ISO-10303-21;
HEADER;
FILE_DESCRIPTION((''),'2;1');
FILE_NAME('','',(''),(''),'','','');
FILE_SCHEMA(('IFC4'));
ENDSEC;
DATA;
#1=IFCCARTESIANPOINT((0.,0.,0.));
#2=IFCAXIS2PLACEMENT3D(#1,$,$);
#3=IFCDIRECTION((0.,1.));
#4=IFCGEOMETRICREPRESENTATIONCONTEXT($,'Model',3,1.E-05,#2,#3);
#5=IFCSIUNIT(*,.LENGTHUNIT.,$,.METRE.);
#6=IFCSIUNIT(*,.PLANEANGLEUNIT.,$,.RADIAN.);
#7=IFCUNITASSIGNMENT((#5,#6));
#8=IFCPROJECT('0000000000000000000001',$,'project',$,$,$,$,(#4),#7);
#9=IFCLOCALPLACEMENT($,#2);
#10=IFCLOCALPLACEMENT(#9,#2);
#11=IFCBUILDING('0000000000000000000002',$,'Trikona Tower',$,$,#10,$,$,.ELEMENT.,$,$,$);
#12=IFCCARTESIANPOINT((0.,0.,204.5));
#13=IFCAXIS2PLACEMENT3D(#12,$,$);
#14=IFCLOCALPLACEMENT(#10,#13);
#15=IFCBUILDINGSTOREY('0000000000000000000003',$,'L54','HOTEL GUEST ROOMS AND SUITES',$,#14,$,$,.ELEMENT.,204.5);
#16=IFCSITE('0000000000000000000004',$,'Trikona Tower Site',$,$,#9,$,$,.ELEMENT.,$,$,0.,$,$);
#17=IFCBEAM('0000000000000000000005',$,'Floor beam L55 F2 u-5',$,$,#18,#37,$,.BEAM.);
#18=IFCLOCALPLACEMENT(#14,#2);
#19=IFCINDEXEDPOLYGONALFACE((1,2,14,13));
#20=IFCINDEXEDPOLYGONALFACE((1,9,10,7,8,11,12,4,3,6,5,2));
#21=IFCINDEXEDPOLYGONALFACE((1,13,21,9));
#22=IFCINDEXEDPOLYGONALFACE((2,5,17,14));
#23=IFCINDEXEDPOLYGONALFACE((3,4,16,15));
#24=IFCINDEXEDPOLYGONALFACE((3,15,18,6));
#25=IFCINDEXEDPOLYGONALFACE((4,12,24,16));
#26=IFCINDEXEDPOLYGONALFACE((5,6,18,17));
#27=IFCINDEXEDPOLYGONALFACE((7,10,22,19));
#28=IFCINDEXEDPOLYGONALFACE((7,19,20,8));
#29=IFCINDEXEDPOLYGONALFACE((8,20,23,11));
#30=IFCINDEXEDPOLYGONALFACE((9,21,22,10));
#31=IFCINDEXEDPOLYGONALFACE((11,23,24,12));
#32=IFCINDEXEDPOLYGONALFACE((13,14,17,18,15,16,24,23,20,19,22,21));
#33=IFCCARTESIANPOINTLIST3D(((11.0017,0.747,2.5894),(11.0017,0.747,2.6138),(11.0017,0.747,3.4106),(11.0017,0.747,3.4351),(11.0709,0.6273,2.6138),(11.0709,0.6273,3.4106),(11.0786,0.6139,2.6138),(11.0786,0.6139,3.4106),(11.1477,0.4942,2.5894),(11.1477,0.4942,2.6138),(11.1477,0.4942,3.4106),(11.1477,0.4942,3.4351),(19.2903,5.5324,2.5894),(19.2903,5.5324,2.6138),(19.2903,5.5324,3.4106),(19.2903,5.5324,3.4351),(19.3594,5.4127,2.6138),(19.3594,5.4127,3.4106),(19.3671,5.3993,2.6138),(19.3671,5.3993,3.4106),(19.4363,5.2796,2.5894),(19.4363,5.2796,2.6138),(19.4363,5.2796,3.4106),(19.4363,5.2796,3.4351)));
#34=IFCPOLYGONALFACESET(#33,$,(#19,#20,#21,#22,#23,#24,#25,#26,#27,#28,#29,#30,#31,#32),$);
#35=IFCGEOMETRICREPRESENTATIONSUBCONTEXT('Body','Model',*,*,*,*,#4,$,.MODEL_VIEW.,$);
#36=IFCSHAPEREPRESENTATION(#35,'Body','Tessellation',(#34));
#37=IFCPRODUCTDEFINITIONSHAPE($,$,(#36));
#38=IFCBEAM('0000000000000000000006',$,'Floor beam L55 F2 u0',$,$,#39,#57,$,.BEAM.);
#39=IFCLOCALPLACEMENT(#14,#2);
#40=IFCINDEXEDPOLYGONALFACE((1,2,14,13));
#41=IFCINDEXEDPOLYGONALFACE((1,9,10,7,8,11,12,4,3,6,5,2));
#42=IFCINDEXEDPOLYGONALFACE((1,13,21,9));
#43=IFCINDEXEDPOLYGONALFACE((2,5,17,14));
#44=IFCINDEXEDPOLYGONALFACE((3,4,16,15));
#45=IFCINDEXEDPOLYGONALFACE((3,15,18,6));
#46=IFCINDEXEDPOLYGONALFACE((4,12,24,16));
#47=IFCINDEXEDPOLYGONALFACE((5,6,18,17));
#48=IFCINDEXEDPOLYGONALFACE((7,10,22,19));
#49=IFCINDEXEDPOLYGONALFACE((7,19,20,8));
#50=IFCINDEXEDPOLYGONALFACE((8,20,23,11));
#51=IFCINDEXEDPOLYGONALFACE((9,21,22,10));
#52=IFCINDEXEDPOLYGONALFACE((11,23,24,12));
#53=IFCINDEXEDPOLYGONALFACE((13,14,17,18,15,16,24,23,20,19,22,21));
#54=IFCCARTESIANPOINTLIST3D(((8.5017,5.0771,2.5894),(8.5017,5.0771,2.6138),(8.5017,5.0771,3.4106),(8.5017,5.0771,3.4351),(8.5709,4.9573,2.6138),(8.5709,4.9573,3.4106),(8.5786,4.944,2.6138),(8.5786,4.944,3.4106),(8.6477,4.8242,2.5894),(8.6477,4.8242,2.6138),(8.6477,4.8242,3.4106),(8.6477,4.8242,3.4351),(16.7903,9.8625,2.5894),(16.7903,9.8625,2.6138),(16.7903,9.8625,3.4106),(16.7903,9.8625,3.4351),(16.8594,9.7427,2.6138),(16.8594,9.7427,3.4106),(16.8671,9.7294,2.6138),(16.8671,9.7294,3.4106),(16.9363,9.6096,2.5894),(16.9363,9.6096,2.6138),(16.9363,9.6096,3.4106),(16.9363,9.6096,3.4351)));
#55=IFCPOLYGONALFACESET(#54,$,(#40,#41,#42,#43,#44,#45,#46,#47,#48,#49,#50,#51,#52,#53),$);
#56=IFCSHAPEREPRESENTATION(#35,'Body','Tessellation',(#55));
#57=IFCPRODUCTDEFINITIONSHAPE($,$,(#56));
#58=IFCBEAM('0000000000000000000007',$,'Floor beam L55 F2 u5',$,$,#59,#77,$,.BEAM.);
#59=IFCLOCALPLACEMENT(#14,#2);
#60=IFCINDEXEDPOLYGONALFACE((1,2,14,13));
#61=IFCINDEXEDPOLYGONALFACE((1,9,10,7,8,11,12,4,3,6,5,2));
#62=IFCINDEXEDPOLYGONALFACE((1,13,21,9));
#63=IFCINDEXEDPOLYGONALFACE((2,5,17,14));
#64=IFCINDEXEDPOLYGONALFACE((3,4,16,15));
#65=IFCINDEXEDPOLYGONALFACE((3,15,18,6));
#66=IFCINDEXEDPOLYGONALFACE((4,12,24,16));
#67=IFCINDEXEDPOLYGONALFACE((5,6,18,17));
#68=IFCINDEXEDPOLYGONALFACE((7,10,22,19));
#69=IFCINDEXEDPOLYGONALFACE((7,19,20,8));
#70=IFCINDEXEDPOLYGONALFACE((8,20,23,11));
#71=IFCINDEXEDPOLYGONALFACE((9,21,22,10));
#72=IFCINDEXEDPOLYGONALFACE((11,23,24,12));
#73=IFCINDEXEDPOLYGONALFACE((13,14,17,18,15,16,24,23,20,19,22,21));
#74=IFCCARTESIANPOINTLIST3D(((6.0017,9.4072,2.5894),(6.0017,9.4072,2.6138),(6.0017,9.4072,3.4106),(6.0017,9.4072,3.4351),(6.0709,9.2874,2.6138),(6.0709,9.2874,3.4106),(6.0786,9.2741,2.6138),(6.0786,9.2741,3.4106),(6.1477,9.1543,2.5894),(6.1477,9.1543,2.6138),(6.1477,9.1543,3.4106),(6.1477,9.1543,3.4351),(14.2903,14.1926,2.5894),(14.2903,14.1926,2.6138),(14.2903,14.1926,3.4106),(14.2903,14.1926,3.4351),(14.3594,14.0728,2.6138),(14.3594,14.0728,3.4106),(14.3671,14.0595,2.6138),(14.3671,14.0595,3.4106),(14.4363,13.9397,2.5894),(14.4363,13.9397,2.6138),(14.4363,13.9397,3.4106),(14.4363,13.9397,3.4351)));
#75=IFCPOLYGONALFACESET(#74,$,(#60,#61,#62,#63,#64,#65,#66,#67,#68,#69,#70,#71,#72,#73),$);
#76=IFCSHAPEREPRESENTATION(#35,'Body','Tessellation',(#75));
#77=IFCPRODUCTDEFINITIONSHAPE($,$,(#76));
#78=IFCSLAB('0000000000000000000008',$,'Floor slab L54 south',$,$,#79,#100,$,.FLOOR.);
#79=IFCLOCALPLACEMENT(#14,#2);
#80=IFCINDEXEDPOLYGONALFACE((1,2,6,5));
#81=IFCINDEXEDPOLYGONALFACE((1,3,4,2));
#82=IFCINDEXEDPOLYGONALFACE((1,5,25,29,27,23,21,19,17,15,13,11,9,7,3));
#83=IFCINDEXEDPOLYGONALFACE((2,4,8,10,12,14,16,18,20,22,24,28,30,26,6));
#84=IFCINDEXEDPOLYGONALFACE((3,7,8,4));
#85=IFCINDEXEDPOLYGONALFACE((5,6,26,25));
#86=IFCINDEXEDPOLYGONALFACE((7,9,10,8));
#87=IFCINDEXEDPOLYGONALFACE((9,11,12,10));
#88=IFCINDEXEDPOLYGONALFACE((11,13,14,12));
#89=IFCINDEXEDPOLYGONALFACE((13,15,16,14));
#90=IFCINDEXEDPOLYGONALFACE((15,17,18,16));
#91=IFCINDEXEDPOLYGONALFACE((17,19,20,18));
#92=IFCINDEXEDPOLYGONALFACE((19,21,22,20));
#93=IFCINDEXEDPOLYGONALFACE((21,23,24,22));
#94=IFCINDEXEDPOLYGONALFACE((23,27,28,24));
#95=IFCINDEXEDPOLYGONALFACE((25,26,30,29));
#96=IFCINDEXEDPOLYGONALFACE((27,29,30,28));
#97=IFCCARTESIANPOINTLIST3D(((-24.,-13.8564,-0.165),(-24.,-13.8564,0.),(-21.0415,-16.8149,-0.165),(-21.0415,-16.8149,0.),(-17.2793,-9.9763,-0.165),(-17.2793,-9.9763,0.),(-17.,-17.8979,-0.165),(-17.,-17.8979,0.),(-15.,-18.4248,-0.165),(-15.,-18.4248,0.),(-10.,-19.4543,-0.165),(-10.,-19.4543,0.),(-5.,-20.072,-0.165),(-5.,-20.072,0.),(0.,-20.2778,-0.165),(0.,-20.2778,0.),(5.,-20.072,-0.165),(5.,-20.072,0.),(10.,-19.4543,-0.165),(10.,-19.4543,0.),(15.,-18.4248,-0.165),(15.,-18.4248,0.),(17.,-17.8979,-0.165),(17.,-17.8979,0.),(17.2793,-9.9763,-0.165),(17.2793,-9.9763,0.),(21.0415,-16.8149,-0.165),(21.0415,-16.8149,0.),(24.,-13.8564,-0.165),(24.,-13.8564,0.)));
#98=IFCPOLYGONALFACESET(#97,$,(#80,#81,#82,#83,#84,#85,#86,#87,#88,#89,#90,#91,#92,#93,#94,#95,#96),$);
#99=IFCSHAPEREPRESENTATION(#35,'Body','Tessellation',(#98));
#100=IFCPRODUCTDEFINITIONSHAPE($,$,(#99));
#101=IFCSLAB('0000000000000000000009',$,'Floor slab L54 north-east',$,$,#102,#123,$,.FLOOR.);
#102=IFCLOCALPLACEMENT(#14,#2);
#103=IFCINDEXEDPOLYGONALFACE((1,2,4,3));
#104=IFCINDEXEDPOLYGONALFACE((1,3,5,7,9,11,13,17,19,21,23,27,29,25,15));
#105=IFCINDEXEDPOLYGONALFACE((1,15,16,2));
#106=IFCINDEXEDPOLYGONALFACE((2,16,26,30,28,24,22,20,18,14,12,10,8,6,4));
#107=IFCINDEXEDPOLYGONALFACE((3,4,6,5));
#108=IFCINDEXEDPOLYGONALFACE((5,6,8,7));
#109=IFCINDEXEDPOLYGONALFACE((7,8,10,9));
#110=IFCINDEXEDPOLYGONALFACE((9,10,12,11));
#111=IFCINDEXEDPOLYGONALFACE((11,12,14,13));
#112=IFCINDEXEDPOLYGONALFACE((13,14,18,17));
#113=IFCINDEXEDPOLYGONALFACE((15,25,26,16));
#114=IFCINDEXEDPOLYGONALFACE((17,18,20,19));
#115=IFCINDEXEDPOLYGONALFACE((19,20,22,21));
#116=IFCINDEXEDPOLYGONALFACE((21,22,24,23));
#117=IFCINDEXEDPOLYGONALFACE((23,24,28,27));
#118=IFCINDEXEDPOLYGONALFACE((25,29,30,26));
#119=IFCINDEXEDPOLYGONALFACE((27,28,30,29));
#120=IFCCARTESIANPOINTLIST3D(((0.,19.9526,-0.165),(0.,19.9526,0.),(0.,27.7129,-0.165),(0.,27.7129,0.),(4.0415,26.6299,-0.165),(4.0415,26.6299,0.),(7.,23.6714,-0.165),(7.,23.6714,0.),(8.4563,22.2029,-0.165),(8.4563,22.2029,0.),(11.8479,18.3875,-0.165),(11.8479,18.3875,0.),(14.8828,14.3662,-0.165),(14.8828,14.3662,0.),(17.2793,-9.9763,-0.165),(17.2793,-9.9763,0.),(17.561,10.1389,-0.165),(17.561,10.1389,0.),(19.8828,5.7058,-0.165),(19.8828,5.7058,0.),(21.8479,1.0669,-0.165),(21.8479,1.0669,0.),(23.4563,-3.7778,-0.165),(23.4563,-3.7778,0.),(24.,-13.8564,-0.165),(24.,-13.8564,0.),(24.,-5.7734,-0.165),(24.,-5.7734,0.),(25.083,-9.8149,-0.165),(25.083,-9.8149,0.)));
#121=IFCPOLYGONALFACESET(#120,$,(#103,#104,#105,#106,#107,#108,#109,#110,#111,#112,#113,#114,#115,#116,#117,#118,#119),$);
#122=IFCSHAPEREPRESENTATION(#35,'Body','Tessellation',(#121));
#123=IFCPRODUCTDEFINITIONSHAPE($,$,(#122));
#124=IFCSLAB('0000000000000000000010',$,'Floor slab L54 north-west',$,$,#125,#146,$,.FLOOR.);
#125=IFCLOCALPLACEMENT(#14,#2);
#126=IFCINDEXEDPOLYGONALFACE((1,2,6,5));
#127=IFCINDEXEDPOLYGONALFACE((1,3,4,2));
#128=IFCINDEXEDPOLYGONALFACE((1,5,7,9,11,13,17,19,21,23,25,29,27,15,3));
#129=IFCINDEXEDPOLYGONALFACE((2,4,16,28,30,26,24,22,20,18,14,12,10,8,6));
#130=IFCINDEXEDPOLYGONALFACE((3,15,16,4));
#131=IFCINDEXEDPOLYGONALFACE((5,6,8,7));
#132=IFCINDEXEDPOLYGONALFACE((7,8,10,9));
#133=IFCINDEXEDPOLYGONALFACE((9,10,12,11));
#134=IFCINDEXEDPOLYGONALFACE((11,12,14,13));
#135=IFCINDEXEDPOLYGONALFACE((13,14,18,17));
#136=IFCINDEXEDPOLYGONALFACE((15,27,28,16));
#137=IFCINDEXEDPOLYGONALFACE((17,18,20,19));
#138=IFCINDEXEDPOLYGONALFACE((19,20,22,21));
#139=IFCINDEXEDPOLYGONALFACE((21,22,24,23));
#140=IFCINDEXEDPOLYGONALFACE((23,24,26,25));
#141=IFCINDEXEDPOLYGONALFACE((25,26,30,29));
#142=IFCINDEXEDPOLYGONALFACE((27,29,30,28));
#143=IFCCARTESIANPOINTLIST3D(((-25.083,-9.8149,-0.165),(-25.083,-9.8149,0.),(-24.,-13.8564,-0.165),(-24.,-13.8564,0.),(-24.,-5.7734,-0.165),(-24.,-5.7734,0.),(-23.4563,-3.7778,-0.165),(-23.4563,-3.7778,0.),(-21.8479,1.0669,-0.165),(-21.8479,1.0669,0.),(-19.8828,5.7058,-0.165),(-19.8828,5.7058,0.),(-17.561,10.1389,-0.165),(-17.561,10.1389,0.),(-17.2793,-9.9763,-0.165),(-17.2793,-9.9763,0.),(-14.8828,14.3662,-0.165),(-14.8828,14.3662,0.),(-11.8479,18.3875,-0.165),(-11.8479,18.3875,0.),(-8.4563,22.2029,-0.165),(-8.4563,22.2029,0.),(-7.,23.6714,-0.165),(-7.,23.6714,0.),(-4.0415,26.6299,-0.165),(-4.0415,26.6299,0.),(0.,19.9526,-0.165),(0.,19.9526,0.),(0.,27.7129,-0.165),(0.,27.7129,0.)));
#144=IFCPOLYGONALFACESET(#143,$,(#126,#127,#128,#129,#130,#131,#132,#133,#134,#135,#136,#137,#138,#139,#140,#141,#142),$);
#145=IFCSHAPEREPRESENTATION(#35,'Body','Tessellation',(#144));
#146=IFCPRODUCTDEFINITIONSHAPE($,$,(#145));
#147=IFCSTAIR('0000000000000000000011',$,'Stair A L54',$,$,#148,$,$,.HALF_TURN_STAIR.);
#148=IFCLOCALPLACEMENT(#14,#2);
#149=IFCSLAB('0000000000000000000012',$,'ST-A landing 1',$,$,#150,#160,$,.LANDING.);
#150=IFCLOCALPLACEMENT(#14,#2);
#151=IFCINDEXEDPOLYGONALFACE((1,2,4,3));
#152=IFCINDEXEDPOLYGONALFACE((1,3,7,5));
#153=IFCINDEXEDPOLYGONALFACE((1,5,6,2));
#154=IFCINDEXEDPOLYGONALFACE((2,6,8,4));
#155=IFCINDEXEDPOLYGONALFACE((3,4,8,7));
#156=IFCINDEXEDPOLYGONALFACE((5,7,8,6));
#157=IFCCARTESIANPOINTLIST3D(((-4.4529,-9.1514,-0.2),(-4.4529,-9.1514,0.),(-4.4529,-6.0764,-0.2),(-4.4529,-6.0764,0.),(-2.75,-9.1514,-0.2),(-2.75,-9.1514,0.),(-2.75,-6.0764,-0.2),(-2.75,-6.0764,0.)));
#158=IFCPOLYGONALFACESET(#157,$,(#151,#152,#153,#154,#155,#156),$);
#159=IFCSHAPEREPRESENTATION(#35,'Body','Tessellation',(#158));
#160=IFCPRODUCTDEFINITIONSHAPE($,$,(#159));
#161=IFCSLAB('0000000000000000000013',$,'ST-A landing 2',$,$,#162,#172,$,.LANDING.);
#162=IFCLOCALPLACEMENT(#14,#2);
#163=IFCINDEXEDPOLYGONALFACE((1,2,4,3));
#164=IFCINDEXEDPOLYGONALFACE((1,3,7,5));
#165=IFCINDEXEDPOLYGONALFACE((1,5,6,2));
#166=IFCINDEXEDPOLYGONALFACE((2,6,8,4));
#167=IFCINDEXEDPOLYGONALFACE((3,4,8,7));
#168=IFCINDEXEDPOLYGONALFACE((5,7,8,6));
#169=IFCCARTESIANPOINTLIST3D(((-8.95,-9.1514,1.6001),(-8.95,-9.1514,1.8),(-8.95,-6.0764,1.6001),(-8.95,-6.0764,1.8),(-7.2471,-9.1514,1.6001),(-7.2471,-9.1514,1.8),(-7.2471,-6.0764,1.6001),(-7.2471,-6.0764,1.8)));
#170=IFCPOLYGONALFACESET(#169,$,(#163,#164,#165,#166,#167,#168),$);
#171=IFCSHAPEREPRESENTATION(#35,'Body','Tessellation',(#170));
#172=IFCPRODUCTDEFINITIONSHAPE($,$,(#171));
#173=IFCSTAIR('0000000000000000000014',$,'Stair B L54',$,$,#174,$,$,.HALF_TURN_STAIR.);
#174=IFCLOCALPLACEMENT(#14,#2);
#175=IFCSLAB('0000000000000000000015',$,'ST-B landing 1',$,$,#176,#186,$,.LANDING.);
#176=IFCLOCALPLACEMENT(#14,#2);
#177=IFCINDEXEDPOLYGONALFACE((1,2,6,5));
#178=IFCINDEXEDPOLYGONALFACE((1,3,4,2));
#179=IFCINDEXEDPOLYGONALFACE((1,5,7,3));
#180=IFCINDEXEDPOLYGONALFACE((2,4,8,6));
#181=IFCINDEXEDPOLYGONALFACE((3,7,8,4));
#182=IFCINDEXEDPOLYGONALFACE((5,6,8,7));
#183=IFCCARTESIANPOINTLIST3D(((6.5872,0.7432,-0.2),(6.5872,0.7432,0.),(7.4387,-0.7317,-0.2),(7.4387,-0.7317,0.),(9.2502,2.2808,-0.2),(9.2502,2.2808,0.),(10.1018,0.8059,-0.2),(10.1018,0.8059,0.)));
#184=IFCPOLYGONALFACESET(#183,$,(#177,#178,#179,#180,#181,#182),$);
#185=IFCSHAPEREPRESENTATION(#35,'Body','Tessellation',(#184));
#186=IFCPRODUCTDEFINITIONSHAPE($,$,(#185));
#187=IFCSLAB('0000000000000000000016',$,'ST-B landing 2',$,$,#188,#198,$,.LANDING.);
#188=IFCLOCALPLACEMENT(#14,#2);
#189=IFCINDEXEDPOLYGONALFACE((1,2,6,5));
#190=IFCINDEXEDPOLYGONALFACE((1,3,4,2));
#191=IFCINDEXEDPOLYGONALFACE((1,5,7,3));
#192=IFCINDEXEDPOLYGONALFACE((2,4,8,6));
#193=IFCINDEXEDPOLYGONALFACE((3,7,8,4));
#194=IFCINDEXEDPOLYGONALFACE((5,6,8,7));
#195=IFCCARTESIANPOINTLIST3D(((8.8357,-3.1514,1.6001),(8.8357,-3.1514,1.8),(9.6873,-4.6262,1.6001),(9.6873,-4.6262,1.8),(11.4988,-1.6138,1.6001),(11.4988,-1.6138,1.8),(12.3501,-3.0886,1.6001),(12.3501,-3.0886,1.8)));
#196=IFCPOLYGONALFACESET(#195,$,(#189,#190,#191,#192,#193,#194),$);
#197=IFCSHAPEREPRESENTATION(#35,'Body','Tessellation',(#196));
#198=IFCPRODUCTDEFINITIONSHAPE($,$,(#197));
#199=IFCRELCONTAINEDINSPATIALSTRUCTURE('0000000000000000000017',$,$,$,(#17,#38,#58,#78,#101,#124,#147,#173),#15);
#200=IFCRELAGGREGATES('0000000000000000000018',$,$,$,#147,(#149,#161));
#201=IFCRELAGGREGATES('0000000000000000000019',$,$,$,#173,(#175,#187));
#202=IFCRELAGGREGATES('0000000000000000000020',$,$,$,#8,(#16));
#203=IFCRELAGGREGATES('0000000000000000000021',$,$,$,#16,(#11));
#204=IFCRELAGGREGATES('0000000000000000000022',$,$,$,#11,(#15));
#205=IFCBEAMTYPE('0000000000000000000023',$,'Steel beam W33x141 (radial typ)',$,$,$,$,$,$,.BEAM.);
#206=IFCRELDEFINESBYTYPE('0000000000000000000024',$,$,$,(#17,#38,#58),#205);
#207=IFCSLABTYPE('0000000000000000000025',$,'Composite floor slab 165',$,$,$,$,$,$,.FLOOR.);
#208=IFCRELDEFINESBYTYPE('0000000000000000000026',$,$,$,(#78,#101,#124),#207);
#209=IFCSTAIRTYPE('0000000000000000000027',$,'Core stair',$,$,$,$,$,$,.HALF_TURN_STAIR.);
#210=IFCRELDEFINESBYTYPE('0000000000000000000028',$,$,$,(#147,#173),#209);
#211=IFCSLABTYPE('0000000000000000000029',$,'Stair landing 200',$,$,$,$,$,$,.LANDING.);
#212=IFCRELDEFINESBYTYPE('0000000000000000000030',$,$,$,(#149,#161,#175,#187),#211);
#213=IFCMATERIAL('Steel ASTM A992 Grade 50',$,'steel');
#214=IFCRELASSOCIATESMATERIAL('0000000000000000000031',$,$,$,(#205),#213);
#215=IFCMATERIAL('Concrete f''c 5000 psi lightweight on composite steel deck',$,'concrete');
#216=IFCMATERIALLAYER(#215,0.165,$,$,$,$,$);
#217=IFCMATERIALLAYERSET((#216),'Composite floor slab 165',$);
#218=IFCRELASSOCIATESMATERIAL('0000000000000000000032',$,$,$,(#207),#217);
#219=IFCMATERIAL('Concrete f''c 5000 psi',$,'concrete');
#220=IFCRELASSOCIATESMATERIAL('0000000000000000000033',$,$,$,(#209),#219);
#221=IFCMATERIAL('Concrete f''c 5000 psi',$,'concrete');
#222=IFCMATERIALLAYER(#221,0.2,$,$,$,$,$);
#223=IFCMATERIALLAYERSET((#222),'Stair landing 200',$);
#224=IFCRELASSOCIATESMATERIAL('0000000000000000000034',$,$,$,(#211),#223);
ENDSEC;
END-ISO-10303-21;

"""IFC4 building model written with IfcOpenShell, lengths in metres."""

from ifc_helpers import new_model, si_unit, direction, frame, origin, origin_2d, place, context, subcontext, project, spatial, polyline, i_section, outline, extrude, material, layer, layer_set, material_profile, profile_set, type_object, element, aggregate, save


model = new_model("IFC4")

# Units and contexts
model_context = context("Model", 3, precision=1e-05, world=origin(), true_north=direction((0.0, 1.0)))
body_context = subcontext(model_context, "Body", "Model", "MODEL_VIEW")
ifc_project = project(units=[si_unit("LENGTHUNIT", "METRE"), si_unit("PLANEANGLEUNIT", "RADIAN")], contexts=[model_context])

# Site, building, storey
site_placement = place(None, origin())
site = spatial("IfcSite", under=ifc_project, at=site_placement, Name="Trikona Tower Site", CompositionType="ELEMENT", RefElevation=0.0)
building_placement = place(site_placement, origin())
building = spatial("IfcBuilding", under=site, at=building_placement, Name="Trikona Tower", CompositionType="ELEMENT")
storey_placement = place(building_placement, frame((0.0, 0.0, 204.5)))
storey = spatial("IfcBuildingStorey", under=building, at=storey_placement, Name="L54", Description="HOTEL GUEST ROOMS AND SUITES", CompositionType="ELEMENT", Elevation=204.5)

# Beams
ifc_material_1 = material(Name="Steel ASTM A992 Grade 50", Category="steel")
ifc_material_profile = material_profile(ifc_material_1, i_section(OverallWidth=0.292, OverallDepth=0.8457, WebThickness=0.0154, FlangeThickness=0.0244, at=origin_2d()), Name="W33X141")
ifc_profile_set = profile_set([ifc_material_profile], Name="Steel ASTM A992 Grade 50")
beam_type = type_object("IfcBeamType", Name="Steel beam W33x141 (radial typ)", PredefinedType="BEAM", material=ifc_profile_set)
for number, where, z_axis, x_axis, name in (
    (1, (11.0747, 0.6206, 3.0122), (0.866026, 0.499999, 0.0), (-0.499999, 0.866026, 0.0), "Floor beam L55 F2 u-5"),
    (2, (8.5747, 4.9507, 3.0122), (0.866026, 0.499999, 0.0), (-0.499999, 0.866026, 0.0), "Floor beam L55 F2 u0"),
    (3, (6.0747, 9.2808, 3.0122), (0.866026, 0.499999, 0.0), (-0.499999, 0.866026, 0.0), "Floor beam L55 F2 u5"),
):
    element("IfcBeam", number, at=place(storey_placement, frame(where, z_axis=z_axis, x_axis=x_axis)), inside=storey, type_object=beam_type, Name=name, PredefinedType="BEAM", context=body_context, shape_type="SweptSolid", body=[
        extrude(i_section(OverallWidth=0.292, OverallDepth=0.8457, WebThickness=0.0154, FlangeThickness=0.0244, at=origin_2d()), origin(), (0.0, 0.0, 1.0), 9.5708),
    ])

# Slabs
ifc_material_2 = material(Name="Concrete f'c 5000 psi lightweight on composite steel deck", Category="concrete")
ifc_layer_1 = layer(ifc_material_2, 0.165)
ifc_layer_set_1 = layer_set([ifc_layer_1], Name="Composite floor slab 165")
slab_type_1 = type_object("IfcSlabType", Name="Composite floor slab 165", PredefinedType="FLOOR", material=ifc_layer_set_1)
slab_1_placement = place(storey_placement, frame((0.0, 0.0, -0.165)))
element("IfcSlab", 4, at=slab_1_placement, inside=storey, type_object=slab_type_1, Name="Floor slab L54 south", PredefinedType="FLOOR", context=body_context, shape_type="SweptSolid", body=[
    extrude(outline(polyline([(21.0415, -16.8149), (24.0, -13.8564), (17.2793, -9.9763), (-17.2793, -9.9763), (-24.0, -13.8564), (-21.0415, -16.8149), (-17.0, -17.8979), (-15.0, -18.4248), (-10.0, -19.4543), (-5.0, -20.072), (0.0, -20.2778), (5.0, -20.072), (10.0, -19.4543), (15.0, -18.4248), (17.0, -17.8979), (21.0415, -16.8149)])), origin(), (0.0, 0.0, 1.0), 0.165),
])
slab_2_placement = place(storey_placement, frame((0.0, 0.0, -0.165)))
element("IfcSlab", 5, at=slab_2_placement, inside=storey, type_object=slab_type_1, Name="Floor slab L54 north-east", PredefinedType="FLOOR", context=body_context, shape_type="SweptSolid", body=[
    extrude(outline(polyline([(4.0415, 26.6299), (0.0, 27.7129), (0.0, 19.9526), (17.2793, -9.9763), (24.0, -13.8564), (25.083, -9.8149), (24.0, -5.7734), (23.4563, -3.7778), (21.8479, 1.0669), (19.8828, 5.7058), (17.561, 10.1389), (14.8828, 14.3662), (11.8479, 18.3875), (8.4563, 22.2029), (7.0, 23.6714), (4.0415, 26.6299)])), origin(), (0.0, 0.0, 1.0), 0.165),
])
slab_3_placement = place(storey_placement, frame((0.0, 0.0, -0.165)))
element("IfcSlab", 6, at=slab_3_placement, inside=storey, type_object=slab_type_1, Name="Floor slab L54 north-west", PredefinedType="FLOOR", context=body_context, shape_type="SweptSolid", body=[
    extrude(outline(polyline([(-7.0, 23.6714), (-8.4563, 22.2029), (-11.8479, 18.3875), (-14.8828, 14.3662), (-17.561, 10.1389), (-19.8828, 5.7058), (-21.8479, 1.0669), (-23.4563, -3.7778), (-24.0, -5.7734), (-25.083, -9.8149), (-24.0, -13.8564), (-17.2793, -9.9763), (0.0, 19.9526), (0.0, 27.7129), (-4.0415, 26.6299), (-7.0, 23.6714)])), origin(), (0.0, 0.0, 1.0), 0.165),
])

# Stairs, slabs
ifc_material_3 = material(Name="Concrete f'c 5000 psi", Category="concrete")
stair_type = type_object("IfcStairType", Name="Core stair", PredefinedType="HALF_TURN_STAIR", material=ifc_material_3)
stair_1_placement = place(storey_placement, origin())
stair_1 = element("IfcStair", 7, at=stair_1_placement, inside=storey, type_object=stair_type, Name="Stair A L54", PredefinedType="HALF_TURN_STAIR")
ifc_material_4 = material(Name="Concrete f'c 5000 psi", Category="concrete")
ifc_layer_2 = layer(ifc_material_4, 0.2)
ifc_layer_set_2 = layer_set([ifc_layer_2], Name="Stair landing 200")
slab_type_2 = type_object("IfcSlabType", Name="Stair landing 200", PredefinedType="LANDING", material=ifc_layer_set_2)
slab_4_placement = place(storey_placement, frame((0.0, 0.0, -0.2)))
slab_4 = element("IfcSlab", 8, at=slab_4_placement, type_object=slab_type_2, Name="ST-A landing 1", PredefinedType="LANDING", context=body_context, shape_type="SweptSolid", body=[
    extrude(outline(polyline([(-4.4529, -6.0764), (-2.75, -6.0764), (-2.75, -9.1514), (-4.4529, -9.1514), (-4.4529, -6.0764)])), origin(), (0.0, 0.0, 1.0), 0.2),
])
slab_5_placement = place(storey_placement, frame((0.0, 0.0, 1.6001)))
slab_5 = element("IfcSlab", 9, at=slab_5_placement, type_object=slab_type_2, Name="ST-A landing 2", PredefinedType="LANDING", context=body_context, shape_type="SweptSolid", body=[
    extrude(outline(polyline([(-8.95, -6.0764), (-7.2471, -6.0764), (-7.2471, -9.1514), (-8.95, -9.1514), (-8.95, -6.0764)])), origin(), (0.0, 0.0, 1.0), 0.2),
])
aggregate(stair_1, [slab_4, slab_5])
stair_2_placement = place(storey_placement, origin())
stair_2 = element("IfcStair", 10, at=stair_2_placement, inside=storey, type_object=stair_type, Name="Stair B L54", PredefinedType="HALF_TURN_STAIR")
slab_6_placement = place(storey_placement, frame((0.0, 0.0, -0.2)))
slab_6 = element("IfcSlab", 11, at=slab_6_placement, type_object=slab_type_2, Name="ST-B landing 1", PredefinedType="LANDING", context=body_context, shape_type="SweptSolid", body=[
    extrude(outline(polyline([(7.4387, -0.7317), (6.5872, 0.7432), (9.2502, 2.2808), (10.1018, 0.8059), (7.4387, -0.7317)])), origin(), (0.0, 0.0, 1.0), 0.2),
])
slab_7_placement = place(storey_placement, frame((0.0, 0.0, 1.6001)))
slab_7 = element("IfcSlab", 12, at=slab_7_placement, type_object=slab_type_2, Name="ST-B landing 2", PredefinedType="LANDING", context=body_context, shape_type="SweptSolid", body=[
    extrude(outline(polyline([(9.6873, -4.6262), (8.8357, -3.1514), (11.4988, -1.6138), (12.3501, -3.0886), (9.6873, -4.6262)])), origin(), (0.0, 0.0, 1.0), 0.2),
])

aggregate(stair_2, [slab_6, slab_7])

save(model, "model.ifc")
